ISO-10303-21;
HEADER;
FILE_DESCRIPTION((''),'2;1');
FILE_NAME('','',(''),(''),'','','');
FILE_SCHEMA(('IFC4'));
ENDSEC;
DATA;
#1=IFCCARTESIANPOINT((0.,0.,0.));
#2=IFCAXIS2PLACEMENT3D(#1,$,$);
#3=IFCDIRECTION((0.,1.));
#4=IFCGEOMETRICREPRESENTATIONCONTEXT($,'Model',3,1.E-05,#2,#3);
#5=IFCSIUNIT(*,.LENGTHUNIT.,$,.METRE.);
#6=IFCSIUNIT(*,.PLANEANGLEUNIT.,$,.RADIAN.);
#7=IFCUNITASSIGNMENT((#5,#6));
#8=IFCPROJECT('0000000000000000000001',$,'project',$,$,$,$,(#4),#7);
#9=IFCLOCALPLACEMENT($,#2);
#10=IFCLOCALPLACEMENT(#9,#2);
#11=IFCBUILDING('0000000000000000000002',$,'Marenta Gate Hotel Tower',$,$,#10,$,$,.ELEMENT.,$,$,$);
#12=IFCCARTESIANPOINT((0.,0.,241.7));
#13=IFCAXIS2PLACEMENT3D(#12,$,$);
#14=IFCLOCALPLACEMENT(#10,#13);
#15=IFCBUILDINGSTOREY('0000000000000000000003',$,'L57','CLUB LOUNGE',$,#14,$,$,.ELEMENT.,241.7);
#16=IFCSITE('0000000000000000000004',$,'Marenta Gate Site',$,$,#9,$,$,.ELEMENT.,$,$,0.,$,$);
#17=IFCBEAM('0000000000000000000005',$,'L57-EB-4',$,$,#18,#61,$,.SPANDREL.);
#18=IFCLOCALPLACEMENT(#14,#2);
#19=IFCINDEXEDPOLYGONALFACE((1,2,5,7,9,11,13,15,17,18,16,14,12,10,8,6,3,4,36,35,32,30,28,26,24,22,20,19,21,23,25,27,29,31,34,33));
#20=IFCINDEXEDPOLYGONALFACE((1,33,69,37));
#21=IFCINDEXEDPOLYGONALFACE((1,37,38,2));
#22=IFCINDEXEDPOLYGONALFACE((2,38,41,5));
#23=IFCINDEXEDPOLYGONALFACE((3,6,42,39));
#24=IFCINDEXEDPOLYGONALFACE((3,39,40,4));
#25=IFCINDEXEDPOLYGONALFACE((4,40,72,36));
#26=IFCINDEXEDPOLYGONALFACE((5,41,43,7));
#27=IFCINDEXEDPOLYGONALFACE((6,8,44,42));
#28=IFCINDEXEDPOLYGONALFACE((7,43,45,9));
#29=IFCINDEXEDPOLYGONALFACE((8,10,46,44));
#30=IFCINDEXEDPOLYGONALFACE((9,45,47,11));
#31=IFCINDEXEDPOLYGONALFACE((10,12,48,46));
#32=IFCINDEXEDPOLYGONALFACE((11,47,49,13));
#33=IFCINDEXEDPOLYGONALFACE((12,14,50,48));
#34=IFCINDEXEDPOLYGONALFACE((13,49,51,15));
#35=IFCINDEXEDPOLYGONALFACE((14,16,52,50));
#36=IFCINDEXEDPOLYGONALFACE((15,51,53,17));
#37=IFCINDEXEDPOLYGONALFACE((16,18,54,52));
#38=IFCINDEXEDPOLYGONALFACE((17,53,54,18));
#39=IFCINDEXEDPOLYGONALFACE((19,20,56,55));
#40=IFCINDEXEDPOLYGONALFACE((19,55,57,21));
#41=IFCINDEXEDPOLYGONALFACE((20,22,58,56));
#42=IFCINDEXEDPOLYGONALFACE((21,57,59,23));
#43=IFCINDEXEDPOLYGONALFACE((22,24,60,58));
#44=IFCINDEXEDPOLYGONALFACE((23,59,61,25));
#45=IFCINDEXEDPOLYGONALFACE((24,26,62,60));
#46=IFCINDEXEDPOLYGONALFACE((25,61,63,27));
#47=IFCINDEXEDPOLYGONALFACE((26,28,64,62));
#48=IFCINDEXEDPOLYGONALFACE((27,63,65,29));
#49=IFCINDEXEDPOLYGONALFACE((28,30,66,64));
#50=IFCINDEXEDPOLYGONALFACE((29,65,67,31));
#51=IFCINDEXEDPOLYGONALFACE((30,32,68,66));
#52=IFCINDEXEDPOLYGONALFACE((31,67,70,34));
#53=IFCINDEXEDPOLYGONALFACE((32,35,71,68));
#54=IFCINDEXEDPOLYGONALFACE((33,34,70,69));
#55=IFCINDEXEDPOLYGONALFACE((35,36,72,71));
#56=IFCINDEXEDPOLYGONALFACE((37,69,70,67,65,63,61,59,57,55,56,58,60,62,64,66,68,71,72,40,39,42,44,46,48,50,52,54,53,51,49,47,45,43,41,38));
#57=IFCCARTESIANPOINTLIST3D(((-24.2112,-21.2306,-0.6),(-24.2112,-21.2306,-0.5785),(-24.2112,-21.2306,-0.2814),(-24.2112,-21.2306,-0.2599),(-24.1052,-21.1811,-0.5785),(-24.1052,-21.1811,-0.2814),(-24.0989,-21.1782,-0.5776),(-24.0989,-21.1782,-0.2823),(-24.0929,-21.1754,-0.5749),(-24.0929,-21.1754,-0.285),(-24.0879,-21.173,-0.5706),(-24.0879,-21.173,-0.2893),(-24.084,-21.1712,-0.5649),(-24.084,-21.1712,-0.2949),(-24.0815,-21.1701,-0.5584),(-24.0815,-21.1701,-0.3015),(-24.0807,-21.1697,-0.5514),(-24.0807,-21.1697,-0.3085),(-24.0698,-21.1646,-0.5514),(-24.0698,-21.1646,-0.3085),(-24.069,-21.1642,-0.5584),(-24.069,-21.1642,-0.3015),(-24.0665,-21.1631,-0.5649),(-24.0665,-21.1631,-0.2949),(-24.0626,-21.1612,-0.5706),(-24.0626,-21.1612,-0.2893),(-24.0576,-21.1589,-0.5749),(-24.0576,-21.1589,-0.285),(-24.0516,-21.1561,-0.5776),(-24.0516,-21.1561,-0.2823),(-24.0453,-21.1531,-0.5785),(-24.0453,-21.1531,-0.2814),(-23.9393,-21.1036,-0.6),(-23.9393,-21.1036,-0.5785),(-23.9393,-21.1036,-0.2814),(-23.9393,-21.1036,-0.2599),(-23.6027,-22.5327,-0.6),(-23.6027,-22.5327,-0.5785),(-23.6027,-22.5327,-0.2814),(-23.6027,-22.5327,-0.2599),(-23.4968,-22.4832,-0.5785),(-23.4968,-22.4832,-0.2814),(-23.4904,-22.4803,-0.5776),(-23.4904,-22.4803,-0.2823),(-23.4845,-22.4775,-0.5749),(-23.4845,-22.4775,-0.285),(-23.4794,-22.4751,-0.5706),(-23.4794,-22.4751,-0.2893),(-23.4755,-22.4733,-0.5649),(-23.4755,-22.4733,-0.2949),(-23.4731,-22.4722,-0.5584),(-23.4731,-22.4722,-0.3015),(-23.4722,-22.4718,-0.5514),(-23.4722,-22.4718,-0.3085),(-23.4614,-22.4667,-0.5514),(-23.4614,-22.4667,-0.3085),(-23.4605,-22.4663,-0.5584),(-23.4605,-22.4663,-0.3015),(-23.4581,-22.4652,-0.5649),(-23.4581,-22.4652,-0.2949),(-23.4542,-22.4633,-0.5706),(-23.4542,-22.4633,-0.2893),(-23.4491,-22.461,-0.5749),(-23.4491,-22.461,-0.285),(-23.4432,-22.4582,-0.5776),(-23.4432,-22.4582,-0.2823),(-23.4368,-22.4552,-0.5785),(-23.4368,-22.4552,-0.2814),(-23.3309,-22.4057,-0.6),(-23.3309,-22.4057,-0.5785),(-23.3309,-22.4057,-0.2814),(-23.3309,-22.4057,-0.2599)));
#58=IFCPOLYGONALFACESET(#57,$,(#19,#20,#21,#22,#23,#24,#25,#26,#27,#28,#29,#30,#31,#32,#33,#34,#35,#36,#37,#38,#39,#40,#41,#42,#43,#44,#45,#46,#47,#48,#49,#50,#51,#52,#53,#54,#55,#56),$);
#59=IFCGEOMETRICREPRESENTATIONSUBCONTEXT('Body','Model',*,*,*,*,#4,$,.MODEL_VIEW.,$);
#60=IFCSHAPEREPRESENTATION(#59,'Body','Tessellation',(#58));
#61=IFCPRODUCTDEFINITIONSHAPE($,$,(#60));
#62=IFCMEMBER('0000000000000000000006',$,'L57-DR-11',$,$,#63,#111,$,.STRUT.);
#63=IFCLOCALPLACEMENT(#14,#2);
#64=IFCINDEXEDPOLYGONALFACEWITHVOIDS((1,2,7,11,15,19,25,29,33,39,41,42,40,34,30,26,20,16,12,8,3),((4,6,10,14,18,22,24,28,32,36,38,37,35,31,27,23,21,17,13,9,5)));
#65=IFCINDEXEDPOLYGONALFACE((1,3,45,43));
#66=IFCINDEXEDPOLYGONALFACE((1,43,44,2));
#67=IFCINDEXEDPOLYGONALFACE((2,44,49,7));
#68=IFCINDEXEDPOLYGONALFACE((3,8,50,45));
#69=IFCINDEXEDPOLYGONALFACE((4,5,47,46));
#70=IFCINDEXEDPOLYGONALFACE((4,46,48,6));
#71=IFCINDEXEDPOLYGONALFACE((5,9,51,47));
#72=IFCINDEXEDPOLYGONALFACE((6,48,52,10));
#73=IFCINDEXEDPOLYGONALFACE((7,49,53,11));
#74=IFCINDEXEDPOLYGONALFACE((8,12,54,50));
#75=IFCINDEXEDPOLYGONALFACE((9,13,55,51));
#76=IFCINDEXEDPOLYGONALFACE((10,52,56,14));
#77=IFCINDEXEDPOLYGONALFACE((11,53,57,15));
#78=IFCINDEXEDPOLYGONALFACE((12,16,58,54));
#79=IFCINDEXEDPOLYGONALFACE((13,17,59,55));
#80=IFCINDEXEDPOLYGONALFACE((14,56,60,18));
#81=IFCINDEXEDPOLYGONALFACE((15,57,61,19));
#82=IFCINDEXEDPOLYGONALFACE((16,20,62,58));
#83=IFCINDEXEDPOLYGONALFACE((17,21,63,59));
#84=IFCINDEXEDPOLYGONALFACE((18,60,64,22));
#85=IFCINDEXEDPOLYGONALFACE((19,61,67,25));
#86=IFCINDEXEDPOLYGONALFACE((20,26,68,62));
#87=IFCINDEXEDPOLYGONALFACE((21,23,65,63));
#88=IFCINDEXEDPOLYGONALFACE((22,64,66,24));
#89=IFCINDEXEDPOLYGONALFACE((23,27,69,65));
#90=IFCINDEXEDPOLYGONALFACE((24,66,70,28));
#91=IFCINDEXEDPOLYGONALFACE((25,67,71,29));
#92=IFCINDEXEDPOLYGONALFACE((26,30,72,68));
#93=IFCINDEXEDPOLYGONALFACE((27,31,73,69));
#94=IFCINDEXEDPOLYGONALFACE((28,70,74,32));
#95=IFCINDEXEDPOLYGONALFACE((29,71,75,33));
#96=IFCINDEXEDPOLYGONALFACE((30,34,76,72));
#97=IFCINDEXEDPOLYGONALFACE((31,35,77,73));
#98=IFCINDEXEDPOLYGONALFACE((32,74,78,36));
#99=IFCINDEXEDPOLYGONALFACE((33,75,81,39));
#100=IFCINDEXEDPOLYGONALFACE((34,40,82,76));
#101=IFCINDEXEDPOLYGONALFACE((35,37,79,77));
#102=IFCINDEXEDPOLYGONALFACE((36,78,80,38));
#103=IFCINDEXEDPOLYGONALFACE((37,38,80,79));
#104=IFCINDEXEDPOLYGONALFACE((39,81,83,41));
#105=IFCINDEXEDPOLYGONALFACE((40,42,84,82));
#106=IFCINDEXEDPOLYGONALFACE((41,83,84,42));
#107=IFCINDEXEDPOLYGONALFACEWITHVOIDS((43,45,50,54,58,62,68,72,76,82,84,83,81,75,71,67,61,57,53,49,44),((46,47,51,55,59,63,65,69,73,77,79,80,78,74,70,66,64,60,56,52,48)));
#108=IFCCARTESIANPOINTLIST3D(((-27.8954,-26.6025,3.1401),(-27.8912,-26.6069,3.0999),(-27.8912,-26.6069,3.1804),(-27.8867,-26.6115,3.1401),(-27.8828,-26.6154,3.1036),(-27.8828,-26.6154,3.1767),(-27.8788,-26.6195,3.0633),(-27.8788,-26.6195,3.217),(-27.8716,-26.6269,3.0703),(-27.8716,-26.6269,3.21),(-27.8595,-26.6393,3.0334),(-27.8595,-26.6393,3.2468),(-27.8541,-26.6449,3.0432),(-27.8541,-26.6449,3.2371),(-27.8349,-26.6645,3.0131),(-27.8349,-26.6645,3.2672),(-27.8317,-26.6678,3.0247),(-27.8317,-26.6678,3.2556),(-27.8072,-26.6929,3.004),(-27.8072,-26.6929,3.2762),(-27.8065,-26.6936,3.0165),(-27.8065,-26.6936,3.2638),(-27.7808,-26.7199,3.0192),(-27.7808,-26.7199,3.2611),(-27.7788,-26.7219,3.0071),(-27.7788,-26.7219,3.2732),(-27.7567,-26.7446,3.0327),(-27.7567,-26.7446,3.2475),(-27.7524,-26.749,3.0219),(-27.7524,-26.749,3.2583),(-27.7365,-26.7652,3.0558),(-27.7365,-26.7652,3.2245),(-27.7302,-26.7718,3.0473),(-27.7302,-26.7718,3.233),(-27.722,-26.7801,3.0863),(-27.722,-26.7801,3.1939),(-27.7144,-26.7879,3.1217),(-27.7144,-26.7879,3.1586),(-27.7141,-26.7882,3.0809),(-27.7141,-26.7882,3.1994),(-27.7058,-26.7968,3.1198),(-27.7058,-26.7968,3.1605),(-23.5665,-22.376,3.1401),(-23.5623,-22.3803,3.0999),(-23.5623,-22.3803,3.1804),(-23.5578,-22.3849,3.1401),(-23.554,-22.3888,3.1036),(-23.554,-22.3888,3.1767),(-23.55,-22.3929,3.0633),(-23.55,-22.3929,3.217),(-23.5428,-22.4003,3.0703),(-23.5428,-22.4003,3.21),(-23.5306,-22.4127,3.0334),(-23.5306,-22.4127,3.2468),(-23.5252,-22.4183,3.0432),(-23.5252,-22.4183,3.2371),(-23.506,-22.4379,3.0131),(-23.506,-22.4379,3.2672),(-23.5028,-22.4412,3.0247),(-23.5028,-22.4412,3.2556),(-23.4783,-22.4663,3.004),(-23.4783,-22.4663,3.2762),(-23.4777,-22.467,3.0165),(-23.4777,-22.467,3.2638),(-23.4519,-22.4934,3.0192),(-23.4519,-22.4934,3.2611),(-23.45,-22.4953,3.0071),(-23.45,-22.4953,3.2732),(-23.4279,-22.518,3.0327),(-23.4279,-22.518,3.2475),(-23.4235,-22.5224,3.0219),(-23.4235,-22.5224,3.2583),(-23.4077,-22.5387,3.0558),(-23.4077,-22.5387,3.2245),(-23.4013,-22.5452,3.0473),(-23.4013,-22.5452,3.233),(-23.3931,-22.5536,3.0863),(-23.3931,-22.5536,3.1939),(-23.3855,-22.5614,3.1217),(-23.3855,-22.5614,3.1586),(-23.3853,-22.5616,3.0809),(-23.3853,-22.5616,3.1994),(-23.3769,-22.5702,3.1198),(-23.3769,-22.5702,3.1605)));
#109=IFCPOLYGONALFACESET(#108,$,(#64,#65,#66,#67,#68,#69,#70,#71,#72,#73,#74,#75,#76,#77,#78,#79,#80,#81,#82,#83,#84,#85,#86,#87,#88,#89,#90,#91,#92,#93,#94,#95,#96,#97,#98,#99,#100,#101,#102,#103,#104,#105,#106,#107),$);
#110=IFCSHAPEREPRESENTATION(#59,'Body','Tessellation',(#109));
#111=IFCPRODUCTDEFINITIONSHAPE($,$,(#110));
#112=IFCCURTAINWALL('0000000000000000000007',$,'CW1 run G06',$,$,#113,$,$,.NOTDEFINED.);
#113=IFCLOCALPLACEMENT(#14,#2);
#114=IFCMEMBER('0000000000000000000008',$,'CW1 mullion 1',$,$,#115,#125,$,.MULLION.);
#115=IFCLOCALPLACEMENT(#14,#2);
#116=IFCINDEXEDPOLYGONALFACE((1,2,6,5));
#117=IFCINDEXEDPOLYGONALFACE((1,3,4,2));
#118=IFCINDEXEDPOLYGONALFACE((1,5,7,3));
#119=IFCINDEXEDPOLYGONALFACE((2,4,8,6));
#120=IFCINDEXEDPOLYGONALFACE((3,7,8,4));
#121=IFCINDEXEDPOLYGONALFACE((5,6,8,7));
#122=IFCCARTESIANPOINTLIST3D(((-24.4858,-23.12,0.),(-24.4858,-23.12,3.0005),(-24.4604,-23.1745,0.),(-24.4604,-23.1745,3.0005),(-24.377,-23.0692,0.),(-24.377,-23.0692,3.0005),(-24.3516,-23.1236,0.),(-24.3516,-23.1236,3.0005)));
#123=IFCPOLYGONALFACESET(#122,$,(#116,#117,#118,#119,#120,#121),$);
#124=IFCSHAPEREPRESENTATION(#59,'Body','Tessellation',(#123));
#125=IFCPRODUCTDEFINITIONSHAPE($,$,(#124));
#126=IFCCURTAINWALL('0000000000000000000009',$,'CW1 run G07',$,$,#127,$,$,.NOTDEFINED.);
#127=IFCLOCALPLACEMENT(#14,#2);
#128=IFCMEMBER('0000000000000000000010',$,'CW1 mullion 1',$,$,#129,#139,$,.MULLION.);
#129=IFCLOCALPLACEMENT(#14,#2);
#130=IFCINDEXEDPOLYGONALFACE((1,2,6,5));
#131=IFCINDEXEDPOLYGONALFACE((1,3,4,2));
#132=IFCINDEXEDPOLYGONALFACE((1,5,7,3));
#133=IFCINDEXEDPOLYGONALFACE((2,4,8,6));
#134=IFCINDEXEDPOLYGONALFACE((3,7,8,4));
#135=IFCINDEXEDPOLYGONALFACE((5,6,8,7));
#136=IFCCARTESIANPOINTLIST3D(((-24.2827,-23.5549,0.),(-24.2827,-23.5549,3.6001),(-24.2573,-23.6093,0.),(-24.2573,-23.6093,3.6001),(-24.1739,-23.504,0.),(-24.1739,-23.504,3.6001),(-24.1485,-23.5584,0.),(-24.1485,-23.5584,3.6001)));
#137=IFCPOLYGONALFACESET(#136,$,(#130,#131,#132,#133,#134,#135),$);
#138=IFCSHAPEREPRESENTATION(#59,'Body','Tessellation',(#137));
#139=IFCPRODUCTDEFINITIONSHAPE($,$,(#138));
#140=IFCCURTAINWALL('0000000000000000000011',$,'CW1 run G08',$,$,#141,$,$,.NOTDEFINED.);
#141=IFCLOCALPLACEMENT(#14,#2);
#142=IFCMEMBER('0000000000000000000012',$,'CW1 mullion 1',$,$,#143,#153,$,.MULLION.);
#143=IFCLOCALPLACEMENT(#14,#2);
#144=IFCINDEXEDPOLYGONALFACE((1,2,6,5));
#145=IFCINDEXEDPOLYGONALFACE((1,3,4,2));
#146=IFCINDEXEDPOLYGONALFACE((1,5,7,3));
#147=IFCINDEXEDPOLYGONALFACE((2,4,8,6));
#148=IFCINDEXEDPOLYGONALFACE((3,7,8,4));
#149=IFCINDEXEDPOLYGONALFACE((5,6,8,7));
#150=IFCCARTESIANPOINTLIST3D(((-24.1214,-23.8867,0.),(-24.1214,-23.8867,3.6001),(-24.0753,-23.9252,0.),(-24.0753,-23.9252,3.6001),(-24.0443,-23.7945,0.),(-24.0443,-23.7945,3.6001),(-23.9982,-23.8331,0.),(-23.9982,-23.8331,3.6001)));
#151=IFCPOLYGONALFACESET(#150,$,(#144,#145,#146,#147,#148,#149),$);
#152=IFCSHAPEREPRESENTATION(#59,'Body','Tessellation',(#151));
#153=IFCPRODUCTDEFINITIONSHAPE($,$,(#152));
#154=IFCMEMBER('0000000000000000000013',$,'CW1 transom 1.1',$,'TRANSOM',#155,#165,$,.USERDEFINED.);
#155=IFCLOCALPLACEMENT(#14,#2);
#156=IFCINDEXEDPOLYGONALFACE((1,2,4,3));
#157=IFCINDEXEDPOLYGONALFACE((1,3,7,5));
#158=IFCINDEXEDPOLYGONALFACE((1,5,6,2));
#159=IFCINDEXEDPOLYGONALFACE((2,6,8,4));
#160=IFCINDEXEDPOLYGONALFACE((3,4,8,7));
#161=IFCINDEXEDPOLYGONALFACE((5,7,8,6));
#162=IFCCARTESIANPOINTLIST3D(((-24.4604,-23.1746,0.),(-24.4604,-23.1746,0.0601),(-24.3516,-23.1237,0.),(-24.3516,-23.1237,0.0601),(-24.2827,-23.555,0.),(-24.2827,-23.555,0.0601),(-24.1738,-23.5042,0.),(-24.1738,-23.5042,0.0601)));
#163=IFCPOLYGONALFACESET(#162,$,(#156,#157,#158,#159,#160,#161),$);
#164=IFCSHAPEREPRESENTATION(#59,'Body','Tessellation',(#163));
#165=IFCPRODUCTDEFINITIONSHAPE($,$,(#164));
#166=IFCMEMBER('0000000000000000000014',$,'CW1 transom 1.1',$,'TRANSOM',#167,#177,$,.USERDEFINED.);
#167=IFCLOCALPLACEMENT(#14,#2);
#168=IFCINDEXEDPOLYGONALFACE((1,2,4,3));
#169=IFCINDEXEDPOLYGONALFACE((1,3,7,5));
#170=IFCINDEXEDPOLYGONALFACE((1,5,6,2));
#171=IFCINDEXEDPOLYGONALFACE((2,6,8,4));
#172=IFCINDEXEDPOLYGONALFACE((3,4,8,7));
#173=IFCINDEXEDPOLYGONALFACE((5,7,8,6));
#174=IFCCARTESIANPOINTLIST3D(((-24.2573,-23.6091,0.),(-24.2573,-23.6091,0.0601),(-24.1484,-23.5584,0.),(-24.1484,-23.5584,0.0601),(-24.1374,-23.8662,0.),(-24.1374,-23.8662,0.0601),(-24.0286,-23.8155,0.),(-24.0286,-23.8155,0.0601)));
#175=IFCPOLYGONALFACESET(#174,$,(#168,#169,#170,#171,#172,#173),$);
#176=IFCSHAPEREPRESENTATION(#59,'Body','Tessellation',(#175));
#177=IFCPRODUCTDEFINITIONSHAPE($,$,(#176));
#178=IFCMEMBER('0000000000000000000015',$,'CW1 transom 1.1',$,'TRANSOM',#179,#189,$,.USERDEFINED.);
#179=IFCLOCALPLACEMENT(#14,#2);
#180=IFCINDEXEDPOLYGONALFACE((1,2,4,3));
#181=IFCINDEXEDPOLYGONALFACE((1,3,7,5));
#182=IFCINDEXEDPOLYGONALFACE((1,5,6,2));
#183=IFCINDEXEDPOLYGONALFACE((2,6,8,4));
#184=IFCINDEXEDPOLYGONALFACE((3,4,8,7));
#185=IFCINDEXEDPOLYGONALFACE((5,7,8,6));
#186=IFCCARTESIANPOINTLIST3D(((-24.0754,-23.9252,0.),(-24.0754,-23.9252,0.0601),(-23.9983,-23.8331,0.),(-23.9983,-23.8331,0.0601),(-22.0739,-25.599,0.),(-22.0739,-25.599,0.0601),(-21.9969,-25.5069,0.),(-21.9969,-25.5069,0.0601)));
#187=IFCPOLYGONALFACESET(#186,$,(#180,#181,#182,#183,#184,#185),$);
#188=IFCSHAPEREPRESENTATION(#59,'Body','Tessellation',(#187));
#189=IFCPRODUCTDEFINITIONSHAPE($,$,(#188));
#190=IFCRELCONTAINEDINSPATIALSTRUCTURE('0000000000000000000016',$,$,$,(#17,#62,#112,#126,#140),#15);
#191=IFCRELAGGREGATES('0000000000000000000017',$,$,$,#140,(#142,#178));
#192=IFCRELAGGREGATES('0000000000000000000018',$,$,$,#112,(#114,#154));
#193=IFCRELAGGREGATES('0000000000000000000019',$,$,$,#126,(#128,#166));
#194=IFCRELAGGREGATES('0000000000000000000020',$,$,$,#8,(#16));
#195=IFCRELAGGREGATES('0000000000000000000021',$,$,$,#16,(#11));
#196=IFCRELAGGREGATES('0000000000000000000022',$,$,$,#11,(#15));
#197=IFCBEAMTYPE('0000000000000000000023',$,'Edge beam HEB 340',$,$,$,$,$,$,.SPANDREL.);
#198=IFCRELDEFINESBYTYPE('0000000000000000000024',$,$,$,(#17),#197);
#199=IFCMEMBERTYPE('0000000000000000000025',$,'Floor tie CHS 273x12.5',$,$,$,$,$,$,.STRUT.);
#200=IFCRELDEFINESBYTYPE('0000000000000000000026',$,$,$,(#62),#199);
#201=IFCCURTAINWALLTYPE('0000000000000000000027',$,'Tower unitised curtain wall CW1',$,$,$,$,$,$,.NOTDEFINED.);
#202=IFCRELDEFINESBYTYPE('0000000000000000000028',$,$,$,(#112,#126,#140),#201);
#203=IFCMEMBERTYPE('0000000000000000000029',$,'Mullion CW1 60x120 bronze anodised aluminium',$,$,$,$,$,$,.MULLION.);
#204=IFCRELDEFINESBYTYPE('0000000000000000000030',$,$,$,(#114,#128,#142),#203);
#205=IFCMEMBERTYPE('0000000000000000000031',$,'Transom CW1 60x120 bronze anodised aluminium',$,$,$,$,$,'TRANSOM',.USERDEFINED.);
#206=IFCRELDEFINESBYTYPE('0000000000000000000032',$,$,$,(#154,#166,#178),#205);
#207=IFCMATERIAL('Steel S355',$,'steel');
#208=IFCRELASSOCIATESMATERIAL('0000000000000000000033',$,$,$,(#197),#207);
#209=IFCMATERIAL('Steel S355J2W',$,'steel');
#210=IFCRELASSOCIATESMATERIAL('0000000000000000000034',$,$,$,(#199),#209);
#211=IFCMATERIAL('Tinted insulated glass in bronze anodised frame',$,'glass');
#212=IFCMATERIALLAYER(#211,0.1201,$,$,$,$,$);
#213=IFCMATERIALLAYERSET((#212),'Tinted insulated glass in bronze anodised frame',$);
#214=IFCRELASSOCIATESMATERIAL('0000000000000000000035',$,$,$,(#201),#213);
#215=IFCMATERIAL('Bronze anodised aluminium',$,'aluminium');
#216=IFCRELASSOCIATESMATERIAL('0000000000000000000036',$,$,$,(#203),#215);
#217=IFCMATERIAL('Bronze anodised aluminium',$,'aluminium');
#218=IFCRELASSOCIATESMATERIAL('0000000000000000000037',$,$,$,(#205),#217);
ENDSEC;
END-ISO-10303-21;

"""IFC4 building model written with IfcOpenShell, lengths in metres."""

from ifc_helpers import new_model, si_unit, direction, frame, origin, origin_2d, place, context, subcontext, project, spatial, rectangle, hollow_circle, i_section, extrude, material, layer, layer_set, material_profile, profile_set, type_object, element, aggregate, save


model = new_model("IFC4")

# Units and contexts
model_context = context("Model", 3, precision=1e-05, world=origin(), true_north=direction((0.0, 1.0)))
body_context = subcontext(model_context, "Body", "Model", "MODEL_VIEW")
ifc_project = project(units=[si_unit("LENGTHUNIT", "METRE"), si_unit("PLANEANGLEUNIT", "RADIAN")], contexts=[model_context])

# Site, building, storey
site_placement = place(None, origin())
site = spatial("IfcSite", under=ifc_project, at=site_placement, Name="Marenta Gate Site", CompositionType="ELEMENT", RefElevation=0.0)
building_placement = place(site_placement, origin())
building = spatial("IfcBuilding", under=site, at=building_placement, Name="Marenta Gate Hotel Tower", CompositionType="ELEMENT")
storey_placement = place(building_placement, frame((0.0, 0.0, 241.7)))
storey = spatial("IfcBuildingStorey", under=building, at=storey_placement, Name="L57", Description="CLUB LOUNGE", CompositionType="ELEMENT", Elevation=241.7)

# Beam
ifc_material_1 = material(Name="Steel S355", Category="steel")
ifc_material_profile_1 = material_profile(ifc_material_1, i_section(OverallWidth=0.3, OverallDepth=0.3401, WebThickness=0.012, FlangeThickness=0.0215, FilletRadius=0.0271, at=origin_2d()), Name="HEB 340")
ifc_profile_set_1 = profile_set([ifc_material_profile_1], Name="Steel S355")
beam_type = type_object("IfcBeamType", Name="Edge beam HEB 340", PredefinedType="SPANDREL", material=ifc_profile_set_1)
beam_placement = place(storey_placement, frame((-23.4668, -22.4692, -0.4299), z_axis=(-0.423341, 0.90597, 0.0), x_axis=(-0.90597, -0.423341, 0.0)))
element("IfcBeam", 1, at=beam_placement, inside=storey, type_object=beam_type, Name="L57-EB-4", PredefinedType="SPANDREL", context=body_context, shape_type="SweptSolid", body=[
    extrude(i_section(OverallWidth=0.3, OverallDepth=0.3401, WebThickness=0.012, FlangeThickness=0.0215, FilletRadius=0.0271, at=origin_2d()), origin(), (0.0, 0.0, 1.0), 1.4373),
])

# Member
ifc_material_2 = material(Name="Steel S355J2W", Category="steel")
ifc_material_profile_2 = material_profile(ifc_material_2, hollow_circle(Radius=0.1365, WallThickness=0.0125, at=origin_2d()), Name="CHS 273x12.5")
ifc_profile_set_2 = profile_set([ifc_material_profile_2], Name="Steel S355J2W")
member_type_1 = type_object("IfcMemberType", Name="Floor tie CHS 273x12.5", PredefinedType="STRUT", material=ifc_profile_set_2)
member_1_placement = place(storey_placement, frame((-27.8, -26.7002, 3.1401), z_axis=(0.71551, 0.698602, 0.0), x_axis=(-0.698602, 0.71551, 0.0)))
element("IfcMember", 2, at=member_1_placement, inside=storey, type_object=member_type_1, Name="L57-DR-11", PredefinedType="STRUT", context=body_context, shape_type="SweptSolid", body=[
    extrude(hollow_circle(Radius=0.1365, WallThickness=0.0125, at=origin_2d()), origin(), (0.0, 0.0, 1.0), 6.05),
])

# Curtain walls, members
ifc_material_3 = material(Name="Tinted insulated glass in bronze anodised frame", Category="glass")
ifc_layer_1 = layer(ifc_material_3, 0.1201)
ifc_layer_set_1 = layer_set([ifc_layer_1], Name="Tinted insulated glass in bronze anodised frame")
curtain_wall_type = type_object("IfcCurtainWallType", Name="Tower unitised curtain wall CW1", PredefinedType="NOTDEFINED", material=ifc_layer_set_1)
curtain_wall_1_placement = place(storey_placement, origin())
curtain_wall_1 = element("IfcCurtainWall", 3, at=curtain_wall_1_placement, inside=storey, type_object=curtain_wall_type, Name="CW1 run G06", PredefinedType="NOTDEFINED")
ifc_material_4 = material(Name="Bronze anodised aluminium", Category="aluminium")
ifc_material_profile_3 = material_profile(ifc_material_4, rectangle(XDim=0.1201, YDim=0.0601, at=origin_2d()), Name="Mullion CW1 60x120 bronze anodised aluminium")
ifc_profile_set_3 = profile_set([ifc_material_profile_3], Name="Bronze anodised aluminium")
member_type_2 = type_object("IfcMemberType", Name="Mullion CW1 60x120 bronze anodised aluminium", PredefinedType="MULLION", material=ifc_profile_set_3)
member_2_placement = place(storey_placement, frame((-24.4187, -23.1218, 0.0), z_axis=(0.0, 0.0, 1.0), x_axis=(0.905949, 0.423387, 0.0)))
member_2 = element("IfcMember", 4, at=member_2_placement, type_object=member_type_2, Name="CW1 mullion 1", PredefinedType="MULLION", context=body_context, shape_type="SweptSolid", body=[
    extrude(rectangle(XDim=0.1201, YDim=0.0601, at=origin_2d()), origin(), (0.0, 0.0, 1.0), 3.0005),
])
curtain_wall_2_placement = place(storey_placement, origin())
curtain_wall_2 = element("IfcCurtainWall", 5, at=curtain_wall_2_placement, inside=storey, type_object=curtain_wall_type, Name="CW1 run G07", PredefinedType="NOTDEFINED")
member_3_placement = place(storey_placement, frame((-24.2156, -23.5566, 0.0), z_axis=(0.0, 0.0, 1.0), x_axis=(0.90599, 0.4233, 0.0)))
member_3 = element("IfcMember", 6, at=member_3_placement, type_object=member_type_2, Name="CW1 mullion 1", PredefinedType="MULLION", context=body_context, shape_type="SweptSolid", body=[
    extrude(rectangle(XDim=0.1201, YDim=0.0601, at=origin_2d()), origin(), (0.0, 0.0, 1.0), 3.6001),
])
curtain_wall_3_placement = place(storey_placement, origin())
curtain_wall_3 = element("IfcCurtainWall", 7, at=curtain_wall_3_placement, inside=storey, type_object=curtain_wall_type, Name="CW1 run G08", PredefinedType="NOTDEFINED")
member_4_placement = place(storey_placement, frame((-24.0598, -23.8599, 0.0), z_axis=(0.0, 0.0, 1.0), x_axis=(0.641525, 0.767102, 0.0)))
member_4 = element("IfcMember", 8, at=member_4_placement, type_object=member_type_2, Name="CW1 mullion 1", PredefinedType="MULLION", context=body_context, shape_type="SweptSolid", body=[
    extrude(rectangle(XDim=0.1201, YDim=0.0601, at=origin_2d()), origin(), (0.0, 0.0, 1.0), 3.6001),
])

# Members
ifc_material_5 = material(Name="Bronze anodised aluminium", Category="aluminium")
ifc_material_profile_4 = material_profile(ifc_material_5, rectangle(XDim=0.1201, YDim=0.0601, at=origin_2d()), Name="Transom CW1 60x120 bronze anodised aluminium")
ifc_profile_set_4 = profile_set([ifc_material_profile_4], Name="Bronze anodised aluminium")
member_type_3 = type_object("IfcMemberType", Name="Transom CW1 60x120 bronze anodised aluminium", ElementType="TRANSOM", PredefinedType="USERDEFINED", material=ifc_profile_set_4)
member_5_placement = place(storey_placement, frame((-24.406, -23.1492, 0.03), z_axis=(0.423331, -0.905975, 0.0), x_axis=(0.905975, 0.423331, 0.0)))
member_5 = element("IfcMember", 9, at=member_5_placement, type_object=member_type_3, Name="CW1 transom 1.1", ObjectType="TRANSOM", PredefinedType="USERDEFINED", context=body_context, shape_type="SweptSolid", body=[
    extrude(rectangle(XDim=0.1201, YDim=0.0601, at=origin_2d()), origin(), (0.0, 0.0, 1.0), 0.4199),
])
member_6_placement = place(storey_placement, frame((-24.2029, -23.5837, 0.03), z_axis=(0.422603, -0.906315, 0.0), x_axis=(0.906315, 0.422603, 0.0)))
member_6 = element("IfcMember", 10, at=member_6_placement, type_object=member_type_3, Name="CW1 transom 1.1", ObjectType="TRANSOM", PredefinedType="USERDEFINED", context=body_context, shape_type="SweptSolid", body=[
    extrude(rectangle(XDim=0.1201, YDim=0.0601, at=origin_2d()), origin(), (0.0, 0.0, 1.0), 0.2837),
])
member_7_placement = place(storey_placement, frame((-24.0369, -23.8792, 0.03), z_axis=(0.7671, -0.641527, 0.0), x_axis=(0.641527, 0.7671, 0.0)))
member_7 = element("IfcMember", 11, at=member_7_placement, type_object=member_type_3, Name="CW1 transom 1.1", ObjectType="TRANSOM", PredefinedType="USERDEFINED", context=body_context, shape_type="SweptSolid", body=[
    extrude(rectangle(XDim=0.1201, YDim=0.0601, at=origin_2d()), origin(), (0.0, 0.0, 1.0), 2.6091),
])
aggregate(curtain_wall_3, [member_4, member_7])

aggregate(curtain_wall_1, [member_2, member_5])
aggregate(curtain_wall_2, [member_3, member_6])

save(model, "model.ifc")
